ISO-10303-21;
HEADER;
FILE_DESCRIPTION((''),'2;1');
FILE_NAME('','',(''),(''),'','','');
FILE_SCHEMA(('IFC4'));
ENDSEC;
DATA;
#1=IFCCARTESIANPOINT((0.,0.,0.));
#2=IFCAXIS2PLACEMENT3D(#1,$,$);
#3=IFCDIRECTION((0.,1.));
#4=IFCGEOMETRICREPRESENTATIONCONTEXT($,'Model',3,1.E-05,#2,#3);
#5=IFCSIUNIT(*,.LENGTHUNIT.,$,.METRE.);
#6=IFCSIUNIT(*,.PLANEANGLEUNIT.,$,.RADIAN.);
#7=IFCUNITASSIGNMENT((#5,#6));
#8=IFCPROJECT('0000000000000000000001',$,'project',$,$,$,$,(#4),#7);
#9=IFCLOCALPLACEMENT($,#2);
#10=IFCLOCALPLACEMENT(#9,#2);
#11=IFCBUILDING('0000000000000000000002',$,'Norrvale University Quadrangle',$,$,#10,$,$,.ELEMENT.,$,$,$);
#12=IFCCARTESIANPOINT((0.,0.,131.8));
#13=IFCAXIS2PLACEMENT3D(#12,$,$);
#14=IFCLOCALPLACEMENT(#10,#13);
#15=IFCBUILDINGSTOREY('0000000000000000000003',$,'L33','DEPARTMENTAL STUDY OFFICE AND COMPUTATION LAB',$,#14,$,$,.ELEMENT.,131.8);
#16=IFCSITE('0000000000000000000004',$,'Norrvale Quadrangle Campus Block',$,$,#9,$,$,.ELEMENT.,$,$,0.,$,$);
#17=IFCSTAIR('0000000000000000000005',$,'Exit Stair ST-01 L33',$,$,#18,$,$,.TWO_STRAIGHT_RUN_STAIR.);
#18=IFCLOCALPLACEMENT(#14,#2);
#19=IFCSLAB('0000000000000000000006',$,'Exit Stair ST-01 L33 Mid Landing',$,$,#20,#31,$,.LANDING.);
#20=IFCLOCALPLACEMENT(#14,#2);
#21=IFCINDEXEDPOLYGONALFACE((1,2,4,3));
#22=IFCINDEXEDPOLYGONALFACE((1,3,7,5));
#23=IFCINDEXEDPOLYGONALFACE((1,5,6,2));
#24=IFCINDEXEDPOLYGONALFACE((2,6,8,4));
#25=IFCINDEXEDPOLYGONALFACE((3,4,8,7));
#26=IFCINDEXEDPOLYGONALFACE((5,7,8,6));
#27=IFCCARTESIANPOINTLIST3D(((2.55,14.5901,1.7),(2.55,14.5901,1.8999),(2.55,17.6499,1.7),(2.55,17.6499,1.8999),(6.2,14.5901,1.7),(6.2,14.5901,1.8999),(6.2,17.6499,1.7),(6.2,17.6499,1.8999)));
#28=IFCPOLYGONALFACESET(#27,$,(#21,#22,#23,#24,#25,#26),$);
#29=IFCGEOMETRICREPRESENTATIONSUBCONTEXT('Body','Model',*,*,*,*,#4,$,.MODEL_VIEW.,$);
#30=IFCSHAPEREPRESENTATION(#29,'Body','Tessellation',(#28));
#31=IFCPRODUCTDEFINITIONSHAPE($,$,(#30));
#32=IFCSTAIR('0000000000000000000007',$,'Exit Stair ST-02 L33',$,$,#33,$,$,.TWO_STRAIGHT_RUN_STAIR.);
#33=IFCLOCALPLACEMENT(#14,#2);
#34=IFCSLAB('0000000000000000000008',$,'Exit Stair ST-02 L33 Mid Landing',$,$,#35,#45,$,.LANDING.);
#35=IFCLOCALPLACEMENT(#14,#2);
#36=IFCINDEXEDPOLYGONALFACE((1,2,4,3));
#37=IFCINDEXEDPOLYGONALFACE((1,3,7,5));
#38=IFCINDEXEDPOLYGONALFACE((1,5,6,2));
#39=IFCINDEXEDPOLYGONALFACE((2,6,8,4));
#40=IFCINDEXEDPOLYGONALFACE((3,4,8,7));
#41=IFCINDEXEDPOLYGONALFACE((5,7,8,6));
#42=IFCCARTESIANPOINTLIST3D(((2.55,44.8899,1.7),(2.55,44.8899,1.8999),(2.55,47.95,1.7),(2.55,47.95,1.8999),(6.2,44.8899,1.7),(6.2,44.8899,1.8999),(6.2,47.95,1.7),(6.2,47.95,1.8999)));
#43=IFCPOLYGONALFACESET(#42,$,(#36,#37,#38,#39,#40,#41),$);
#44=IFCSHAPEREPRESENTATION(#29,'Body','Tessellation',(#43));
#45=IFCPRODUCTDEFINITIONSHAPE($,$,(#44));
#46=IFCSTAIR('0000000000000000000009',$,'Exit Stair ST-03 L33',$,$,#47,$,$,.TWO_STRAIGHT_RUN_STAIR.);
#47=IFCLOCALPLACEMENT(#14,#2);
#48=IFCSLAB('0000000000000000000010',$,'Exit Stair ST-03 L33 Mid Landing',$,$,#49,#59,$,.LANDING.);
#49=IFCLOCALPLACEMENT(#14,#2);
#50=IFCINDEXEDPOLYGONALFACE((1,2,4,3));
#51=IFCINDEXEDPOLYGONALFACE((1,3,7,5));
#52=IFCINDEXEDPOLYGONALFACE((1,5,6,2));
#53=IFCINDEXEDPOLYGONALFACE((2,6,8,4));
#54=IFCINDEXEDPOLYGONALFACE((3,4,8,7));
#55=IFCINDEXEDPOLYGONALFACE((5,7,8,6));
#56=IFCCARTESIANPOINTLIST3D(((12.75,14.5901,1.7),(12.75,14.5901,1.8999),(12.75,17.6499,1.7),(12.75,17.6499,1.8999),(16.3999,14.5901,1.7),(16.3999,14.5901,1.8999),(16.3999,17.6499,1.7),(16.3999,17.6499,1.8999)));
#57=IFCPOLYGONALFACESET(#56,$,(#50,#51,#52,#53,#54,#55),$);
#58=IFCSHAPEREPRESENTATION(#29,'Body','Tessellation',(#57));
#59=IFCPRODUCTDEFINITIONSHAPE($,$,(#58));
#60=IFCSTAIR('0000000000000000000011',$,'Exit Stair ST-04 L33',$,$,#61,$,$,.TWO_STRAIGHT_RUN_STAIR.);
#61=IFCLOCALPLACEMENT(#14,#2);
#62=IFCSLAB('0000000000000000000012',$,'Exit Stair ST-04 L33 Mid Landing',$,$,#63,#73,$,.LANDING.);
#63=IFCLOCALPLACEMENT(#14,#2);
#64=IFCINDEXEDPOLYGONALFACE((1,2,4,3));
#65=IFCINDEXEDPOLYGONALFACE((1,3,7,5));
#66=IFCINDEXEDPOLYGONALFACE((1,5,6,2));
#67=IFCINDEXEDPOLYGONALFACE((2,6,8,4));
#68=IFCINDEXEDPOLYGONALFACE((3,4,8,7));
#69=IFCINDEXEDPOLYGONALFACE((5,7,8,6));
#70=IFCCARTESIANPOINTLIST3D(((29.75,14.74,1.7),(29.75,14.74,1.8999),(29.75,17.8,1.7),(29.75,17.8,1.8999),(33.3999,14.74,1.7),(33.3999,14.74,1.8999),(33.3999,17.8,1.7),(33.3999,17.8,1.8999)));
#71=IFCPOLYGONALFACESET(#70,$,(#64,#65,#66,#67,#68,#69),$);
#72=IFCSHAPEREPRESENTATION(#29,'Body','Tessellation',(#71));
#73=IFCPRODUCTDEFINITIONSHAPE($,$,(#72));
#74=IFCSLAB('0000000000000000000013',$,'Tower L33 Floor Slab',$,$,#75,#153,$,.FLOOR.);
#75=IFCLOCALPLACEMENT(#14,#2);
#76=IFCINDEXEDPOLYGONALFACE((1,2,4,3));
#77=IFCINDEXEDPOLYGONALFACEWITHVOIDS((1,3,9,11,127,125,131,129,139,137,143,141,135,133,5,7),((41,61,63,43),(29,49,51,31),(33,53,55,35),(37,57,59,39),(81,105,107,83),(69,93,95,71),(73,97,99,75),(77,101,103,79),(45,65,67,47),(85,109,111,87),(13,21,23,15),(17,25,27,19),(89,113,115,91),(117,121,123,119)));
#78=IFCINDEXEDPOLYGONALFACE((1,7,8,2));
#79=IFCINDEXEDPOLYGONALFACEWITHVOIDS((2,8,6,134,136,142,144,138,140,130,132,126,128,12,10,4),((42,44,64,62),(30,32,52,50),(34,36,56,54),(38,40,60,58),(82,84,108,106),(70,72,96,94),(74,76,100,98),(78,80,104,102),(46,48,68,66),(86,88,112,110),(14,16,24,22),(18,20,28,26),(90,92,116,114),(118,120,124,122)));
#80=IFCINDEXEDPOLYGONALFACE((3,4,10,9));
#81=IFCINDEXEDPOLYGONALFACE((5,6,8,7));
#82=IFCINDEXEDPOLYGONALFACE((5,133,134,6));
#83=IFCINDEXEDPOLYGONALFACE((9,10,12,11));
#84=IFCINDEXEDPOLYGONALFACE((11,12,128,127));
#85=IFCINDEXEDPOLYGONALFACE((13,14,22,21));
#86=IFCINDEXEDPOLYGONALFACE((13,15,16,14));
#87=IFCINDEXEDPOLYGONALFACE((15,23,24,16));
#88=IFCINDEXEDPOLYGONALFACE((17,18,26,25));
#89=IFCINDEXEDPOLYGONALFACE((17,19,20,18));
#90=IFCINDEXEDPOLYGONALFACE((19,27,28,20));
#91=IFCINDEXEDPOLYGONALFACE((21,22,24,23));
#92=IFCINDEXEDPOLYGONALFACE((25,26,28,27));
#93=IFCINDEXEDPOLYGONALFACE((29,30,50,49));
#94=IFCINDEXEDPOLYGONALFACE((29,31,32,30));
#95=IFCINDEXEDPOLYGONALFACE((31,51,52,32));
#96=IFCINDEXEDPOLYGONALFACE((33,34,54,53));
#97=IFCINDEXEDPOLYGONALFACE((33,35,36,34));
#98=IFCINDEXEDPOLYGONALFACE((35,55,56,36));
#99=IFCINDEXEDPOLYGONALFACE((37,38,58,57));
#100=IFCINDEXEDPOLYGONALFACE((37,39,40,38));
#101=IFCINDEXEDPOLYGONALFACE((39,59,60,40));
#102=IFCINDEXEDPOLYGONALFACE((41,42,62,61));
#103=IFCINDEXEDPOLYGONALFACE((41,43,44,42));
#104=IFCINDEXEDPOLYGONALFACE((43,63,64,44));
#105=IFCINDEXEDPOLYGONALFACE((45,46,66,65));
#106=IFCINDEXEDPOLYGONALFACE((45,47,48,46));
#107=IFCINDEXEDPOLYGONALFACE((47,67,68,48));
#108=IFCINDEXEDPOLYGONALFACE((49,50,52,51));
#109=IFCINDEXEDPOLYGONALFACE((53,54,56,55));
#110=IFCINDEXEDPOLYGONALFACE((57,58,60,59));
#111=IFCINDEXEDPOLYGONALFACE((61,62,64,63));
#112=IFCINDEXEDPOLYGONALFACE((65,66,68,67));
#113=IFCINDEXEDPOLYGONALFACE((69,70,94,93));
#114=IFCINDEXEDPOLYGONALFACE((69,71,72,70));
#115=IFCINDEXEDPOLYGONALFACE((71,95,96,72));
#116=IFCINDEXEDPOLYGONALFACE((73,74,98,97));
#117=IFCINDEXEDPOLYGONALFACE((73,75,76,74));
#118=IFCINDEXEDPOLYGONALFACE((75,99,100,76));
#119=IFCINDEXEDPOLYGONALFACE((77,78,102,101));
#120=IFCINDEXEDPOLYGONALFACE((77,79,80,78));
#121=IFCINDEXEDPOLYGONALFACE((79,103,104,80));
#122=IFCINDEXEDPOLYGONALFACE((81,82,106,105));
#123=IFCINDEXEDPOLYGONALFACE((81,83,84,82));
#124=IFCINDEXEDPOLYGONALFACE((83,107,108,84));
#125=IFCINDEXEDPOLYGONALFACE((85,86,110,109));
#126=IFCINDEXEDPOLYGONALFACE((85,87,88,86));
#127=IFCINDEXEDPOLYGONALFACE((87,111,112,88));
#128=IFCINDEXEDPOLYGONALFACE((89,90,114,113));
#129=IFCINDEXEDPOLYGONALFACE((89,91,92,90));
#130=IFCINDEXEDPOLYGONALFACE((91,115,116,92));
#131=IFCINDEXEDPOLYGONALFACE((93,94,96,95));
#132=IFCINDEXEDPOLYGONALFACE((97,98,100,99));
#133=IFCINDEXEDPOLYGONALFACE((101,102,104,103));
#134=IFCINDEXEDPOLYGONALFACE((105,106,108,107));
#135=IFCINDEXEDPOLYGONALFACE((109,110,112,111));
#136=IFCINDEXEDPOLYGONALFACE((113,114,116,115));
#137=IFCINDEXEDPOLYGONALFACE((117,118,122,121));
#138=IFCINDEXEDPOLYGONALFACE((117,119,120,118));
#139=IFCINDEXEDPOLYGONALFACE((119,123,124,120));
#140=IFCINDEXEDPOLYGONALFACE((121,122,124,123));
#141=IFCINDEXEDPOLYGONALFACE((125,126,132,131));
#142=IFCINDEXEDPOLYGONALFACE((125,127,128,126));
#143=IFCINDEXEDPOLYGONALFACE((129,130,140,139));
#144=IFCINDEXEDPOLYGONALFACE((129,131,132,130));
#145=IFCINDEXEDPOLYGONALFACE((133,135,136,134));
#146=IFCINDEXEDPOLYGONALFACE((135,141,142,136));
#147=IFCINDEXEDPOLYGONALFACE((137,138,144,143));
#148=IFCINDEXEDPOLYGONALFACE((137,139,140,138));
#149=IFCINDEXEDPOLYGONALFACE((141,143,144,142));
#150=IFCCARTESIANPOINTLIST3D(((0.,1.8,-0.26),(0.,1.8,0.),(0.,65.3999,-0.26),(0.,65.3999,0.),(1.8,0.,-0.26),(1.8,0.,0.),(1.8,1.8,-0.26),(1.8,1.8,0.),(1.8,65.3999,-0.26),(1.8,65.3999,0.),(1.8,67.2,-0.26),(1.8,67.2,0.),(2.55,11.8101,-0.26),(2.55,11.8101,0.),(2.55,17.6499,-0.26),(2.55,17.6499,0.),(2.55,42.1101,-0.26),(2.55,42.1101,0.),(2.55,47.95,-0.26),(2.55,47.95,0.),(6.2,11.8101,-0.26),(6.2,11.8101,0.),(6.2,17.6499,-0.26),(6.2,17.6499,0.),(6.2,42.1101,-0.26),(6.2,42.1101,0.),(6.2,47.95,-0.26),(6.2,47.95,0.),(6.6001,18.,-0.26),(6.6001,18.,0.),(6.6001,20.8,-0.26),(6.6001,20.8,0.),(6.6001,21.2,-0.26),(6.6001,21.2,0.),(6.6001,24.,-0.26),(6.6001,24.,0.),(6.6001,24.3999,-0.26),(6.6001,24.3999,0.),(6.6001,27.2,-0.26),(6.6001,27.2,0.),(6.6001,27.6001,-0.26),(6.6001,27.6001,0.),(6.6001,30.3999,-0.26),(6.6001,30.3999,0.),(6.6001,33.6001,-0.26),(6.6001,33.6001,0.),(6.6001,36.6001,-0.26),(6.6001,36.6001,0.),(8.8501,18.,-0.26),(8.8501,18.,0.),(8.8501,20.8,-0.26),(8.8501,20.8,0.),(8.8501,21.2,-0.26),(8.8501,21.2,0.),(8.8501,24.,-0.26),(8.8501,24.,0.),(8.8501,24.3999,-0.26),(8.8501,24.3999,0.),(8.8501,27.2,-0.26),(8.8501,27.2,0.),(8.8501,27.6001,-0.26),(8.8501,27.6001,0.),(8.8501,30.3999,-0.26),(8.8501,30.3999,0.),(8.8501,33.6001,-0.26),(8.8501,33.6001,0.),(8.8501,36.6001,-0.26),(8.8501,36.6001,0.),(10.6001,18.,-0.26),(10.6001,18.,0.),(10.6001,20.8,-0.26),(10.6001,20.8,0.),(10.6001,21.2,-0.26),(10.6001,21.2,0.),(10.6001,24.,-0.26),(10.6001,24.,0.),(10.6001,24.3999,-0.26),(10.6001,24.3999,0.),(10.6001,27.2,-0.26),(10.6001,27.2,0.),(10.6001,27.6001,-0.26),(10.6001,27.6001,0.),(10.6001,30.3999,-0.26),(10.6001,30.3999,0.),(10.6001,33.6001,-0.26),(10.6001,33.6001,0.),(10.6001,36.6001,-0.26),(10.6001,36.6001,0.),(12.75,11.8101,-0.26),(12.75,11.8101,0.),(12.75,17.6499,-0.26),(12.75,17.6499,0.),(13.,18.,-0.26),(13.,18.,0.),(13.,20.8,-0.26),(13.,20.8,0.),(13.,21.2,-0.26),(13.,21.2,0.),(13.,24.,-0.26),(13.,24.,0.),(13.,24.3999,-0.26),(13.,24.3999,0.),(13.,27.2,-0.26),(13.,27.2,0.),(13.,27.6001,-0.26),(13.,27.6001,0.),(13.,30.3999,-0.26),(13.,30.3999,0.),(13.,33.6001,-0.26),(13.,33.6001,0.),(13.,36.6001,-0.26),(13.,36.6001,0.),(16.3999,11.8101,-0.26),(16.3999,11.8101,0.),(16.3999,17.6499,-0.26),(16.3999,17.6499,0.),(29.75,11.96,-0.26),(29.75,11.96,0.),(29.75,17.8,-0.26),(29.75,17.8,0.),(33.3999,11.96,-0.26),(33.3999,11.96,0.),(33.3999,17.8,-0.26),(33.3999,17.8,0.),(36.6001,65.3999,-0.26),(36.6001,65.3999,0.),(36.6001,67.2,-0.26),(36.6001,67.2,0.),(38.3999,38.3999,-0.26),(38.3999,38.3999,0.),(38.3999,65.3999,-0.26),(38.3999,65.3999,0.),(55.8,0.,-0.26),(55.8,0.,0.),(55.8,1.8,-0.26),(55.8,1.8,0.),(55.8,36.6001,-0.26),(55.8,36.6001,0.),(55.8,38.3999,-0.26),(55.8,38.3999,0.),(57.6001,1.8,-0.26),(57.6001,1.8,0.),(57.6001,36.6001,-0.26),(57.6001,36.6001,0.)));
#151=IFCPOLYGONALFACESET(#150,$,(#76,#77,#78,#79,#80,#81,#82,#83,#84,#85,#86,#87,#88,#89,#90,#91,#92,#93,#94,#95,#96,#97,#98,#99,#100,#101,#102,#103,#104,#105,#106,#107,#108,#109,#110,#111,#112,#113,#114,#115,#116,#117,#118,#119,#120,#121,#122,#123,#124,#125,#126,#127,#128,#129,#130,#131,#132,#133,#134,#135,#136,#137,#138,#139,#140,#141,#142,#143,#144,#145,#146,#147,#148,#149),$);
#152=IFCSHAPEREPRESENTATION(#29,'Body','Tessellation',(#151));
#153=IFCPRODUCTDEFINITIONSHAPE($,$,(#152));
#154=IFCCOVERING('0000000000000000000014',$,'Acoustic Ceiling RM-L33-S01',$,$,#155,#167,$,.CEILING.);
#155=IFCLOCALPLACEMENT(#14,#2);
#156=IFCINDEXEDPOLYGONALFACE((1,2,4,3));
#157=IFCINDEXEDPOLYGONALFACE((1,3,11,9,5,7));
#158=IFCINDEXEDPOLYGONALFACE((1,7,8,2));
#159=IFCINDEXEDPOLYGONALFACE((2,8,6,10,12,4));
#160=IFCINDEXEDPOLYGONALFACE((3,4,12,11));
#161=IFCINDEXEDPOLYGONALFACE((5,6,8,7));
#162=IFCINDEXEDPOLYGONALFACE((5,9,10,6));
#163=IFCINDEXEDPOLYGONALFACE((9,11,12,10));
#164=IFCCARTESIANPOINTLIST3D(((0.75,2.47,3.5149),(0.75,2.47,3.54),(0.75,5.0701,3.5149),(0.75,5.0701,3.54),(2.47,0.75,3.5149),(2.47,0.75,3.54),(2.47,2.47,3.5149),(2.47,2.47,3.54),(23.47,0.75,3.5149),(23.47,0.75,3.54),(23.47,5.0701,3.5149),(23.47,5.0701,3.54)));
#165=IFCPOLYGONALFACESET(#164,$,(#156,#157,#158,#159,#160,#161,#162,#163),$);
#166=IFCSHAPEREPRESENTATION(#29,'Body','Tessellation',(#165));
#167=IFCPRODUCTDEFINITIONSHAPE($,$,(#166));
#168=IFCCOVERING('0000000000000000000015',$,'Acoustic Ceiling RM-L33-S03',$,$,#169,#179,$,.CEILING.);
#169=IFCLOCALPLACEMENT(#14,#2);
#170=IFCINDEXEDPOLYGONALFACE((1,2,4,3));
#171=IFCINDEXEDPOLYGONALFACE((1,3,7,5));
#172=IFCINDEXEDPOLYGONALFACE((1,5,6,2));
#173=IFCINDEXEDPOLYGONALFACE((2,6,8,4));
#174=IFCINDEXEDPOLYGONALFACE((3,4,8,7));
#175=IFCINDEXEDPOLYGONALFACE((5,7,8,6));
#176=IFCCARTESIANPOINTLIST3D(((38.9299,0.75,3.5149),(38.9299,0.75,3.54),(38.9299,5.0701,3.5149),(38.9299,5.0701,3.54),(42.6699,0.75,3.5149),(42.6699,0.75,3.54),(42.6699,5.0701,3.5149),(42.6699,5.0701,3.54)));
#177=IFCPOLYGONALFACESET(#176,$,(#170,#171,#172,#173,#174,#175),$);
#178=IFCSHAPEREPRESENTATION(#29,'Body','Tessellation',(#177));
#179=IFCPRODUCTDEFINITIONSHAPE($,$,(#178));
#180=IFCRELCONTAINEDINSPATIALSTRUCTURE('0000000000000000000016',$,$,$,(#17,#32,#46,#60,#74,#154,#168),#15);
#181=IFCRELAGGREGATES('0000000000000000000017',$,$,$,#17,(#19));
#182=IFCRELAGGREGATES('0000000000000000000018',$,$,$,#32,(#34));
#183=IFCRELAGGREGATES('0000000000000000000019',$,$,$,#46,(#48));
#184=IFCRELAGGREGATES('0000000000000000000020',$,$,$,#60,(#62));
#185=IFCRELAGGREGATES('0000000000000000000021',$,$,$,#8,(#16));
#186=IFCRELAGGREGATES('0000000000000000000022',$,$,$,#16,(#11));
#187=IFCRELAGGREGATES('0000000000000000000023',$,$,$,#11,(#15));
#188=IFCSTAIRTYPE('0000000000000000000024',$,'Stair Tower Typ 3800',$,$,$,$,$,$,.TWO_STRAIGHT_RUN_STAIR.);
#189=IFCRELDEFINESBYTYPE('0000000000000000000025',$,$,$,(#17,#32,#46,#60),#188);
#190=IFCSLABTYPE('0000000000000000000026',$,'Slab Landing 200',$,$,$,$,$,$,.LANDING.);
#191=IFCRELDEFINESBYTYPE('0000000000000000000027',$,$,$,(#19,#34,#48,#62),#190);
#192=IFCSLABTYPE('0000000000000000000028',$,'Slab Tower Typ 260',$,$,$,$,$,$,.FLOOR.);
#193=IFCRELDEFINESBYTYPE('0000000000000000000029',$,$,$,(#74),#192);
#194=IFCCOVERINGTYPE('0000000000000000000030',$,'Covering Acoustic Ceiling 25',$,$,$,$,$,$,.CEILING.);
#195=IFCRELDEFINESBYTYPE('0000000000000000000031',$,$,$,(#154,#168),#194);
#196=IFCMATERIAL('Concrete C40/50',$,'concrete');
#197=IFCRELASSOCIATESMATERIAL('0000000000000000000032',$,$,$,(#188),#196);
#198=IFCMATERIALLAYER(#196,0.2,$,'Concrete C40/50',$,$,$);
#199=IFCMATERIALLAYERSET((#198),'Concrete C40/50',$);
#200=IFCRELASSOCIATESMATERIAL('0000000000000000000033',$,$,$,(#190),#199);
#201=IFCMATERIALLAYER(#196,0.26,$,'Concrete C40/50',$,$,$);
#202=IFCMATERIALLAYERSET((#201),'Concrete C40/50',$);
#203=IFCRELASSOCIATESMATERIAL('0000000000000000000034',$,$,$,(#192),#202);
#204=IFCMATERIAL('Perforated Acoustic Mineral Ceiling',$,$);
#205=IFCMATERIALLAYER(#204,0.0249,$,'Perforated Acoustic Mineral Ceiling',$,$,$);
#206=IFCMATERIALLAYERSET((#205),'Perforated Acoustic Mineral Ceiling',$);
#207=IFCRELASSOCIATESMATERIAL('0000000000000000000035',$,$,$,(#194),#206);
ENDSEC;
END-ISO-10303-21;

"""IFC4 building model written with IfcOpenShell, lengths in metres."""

from ifc_helpers import new_model, si_unit, direction, frame, origin, place, context, subcontext, project, spatial, polyline, outline, extrude, material, layer, layer_set, type_object, element, aggregate, save


model = new_model("IFC4")

# Units and contexts
model_context = context("Model", 3, precision=1e-05, world=origin(), true_north=direction((0.0, 1.0)))
body_context = subcontext(model_context, "Body", "Model", "MODEL_VIEW")
ifc_project = project(units=[si_unit("LENGTHUNIT", "METRE"), si_unit("PLANEANGLEUNIT", "RADIAN")], contexts=[model_context])

# Site, building, storey
site_placement = place(None, origin())
site = spatial("IfcSite", under=ifc_project, at=site_placement, Name="Norrvale Quadrangle Campus Block", CompositionType="ELEMENT", RefElevation=0.0)
building_placement = place(site_placement, origin())
building = spatial("IfcBuilding", under=site, at=building_placement, Name="Norrvale University Quadrangle", CompositionType="ELEMENT")
storey_placement = place(building_placement, frame((0.0, 0.0, 131.8)))
storey = spatial("IfcBuildingStorey", under=building, at=storey_placement, Name="L33", Description="DEPARTMENTAL STUDY OFFICE AND COMPUTATION LAB", CompositionType="ELEMENT", Elevation=131.8)

# Stairs, slabs
ifc_material_1 = material(Name="Concrete C40/50", Category="concrete")
stair_type = type_object("IfcStairType", Name="Stair Tower Typ 3800", PredefinedType="TWO_STRAIGHT_RUN_STAIR", material=ifc_material_1)
stair_1_placement = place(storey_placement, origin())
stair_1 = element("IfcStair", 1, at=stair_1_placement, inside=storey, type_object=stair_type, Name="Exit Stair ST-01 L33", PredefinedType="TWO_STRAIGHT_RUN_STAIR")
ifc_layer_1 = layer(ifc_material_1, 0.2, Name="Concrete C40/50")
ifc_layer_set_1 = layer_set([ifc_layer_1], Name="Concrete C40/50")
slab_type_1 = type_object("IfcSlabType", Name="Slab Landing 200", PredefinedType="LANDING", material=ifc_layer_set_1)
slab_1_placement = place(storey_placement, frame((0.0, 0.0, 1.7)))
slab_1 = element("IfcSlab", 2, at=slab_1_placement, type_object=slab_type_1, Name="Exit Stair ST-01 L33 Mid Landing", PredefinedType="LANDING", context=body_context, shape_type="SweptSolid", body=[
    extrude(outline(polyline([(2.55, 14.5901), (6.2, 14.5901), (6.2, 17.6499), (2.55, 17.6499), (2.55, 14.5901)])), origin(), (0.0, 0.0, 1.0), 0.2),
])
aggregate(stair_1, [slab_1])
stair_2_placement = place(storey_placement, origin())
stair_2 = element("IfcStair", 3, at=stair_2_placement, inside=storey, type_object=stair_type, Name="Exit Stair ST-02 L33", PredefinedType="TWO_STRAIGHT_RUN_STAIR")
slab_2_placement = place(storey_placement, frame((0.0, 0.0, 1.7)))
slab_2 = element("IfcSlab", 4, at=slab_2_placement, type_object=slab_type_1, Name="Exit Stair ST-02 L33 Mid Landing", PredefinedType="LANDING", context=body_context, shape_type="SweptSolid", body=[
    extrude(outline(polyline([(2.55, 44.8899), (6.2, 44.8899), (6.2, 47.95), (2.55, 47.95), (2.55, 44.8899)])), origin(), (0.0, 0.0, 1.0), 0.2),
])
aggregate(stair_2, [slab_2])
stair_3_placement = place(storey_placement, origin())
stair_3 = element("IfcStair", 5, at=stair_3_placement, inside=storey, type_object=stair_type, Name="Exit Stair ST-03 L33", PredefinedType="TWO_STRAIGHT_RUN_STAIR")
slab_3_placement = place(storey_placement, frame((0.0, 0.0, 1.7)))
slab_3 = element("IfcSlab", 6, at=slab_3_placement, type_object=slab_type_1, Name="Exit Stair ST-03 L33 Mid Landing", PredefinedType="LANDING", context=body_context, shape_type="SweptSolid", body=[
    extrude(outline(polyline([(12.75, 14.5901), (16.3999, 14.5901), (16.3999, 17.6499), (12.75, 17.6499), (12.75, 14.5901)])), origin(), (0.0, 0.0, 1.0), 0.2),
])
aggregate(stair_3, [slab_3])
stair_4_placement = place(storey_placement, origin())
stair_4 = element("IfcStair", 7, at=stair_4_placement, inside=storey, type_object=stair_type, Name="Exit Stair ST-04 L33", PredefinedType="TWO_STRAIGHT_RUN_STAIR")
slab_4_placement = place(storey_placement, frame((0.0, 0.0, 1.7)))
slab_4 = element("IfcSlab", 8, at=slab_4_placement, type_object=slab_type_1, Name="Exit Stair ST-04 L33 Mid Landing", PredefinedType="LANDING", context=body_context, shape_type="SweptSolid", body=[
    extrude(outline(polyline([(29.75, 14.74), (33.3999, 14.74), (33.3999, 17.8), (29.75, 17.8), (29.75, 14.74)])), origin(), (0.0, 0.0, 1.0), 0.2),
])
aggregate(stair_4, [slab_4])

# Slab
ifc_layer_2 = layer(ifc_material_1, 0.26, Name="Concrete C40/50")
ifc_layer_set_2 = layer_set([ifc_layer_2], Name="Concrete C40/50")
slab_type_2 = type_object("IfcSlabType", Name="Slab Tower Typ 260", PredefinedType="FLOOR", material=ifc_layer_set_2)
slab_5_placement = place(storey_placement, frame((0.0, 0.0, -0.26)))
element("IfcSlab", 9, at=slab_5_placement, inside=storey, type_object=slab_type_2, Name="Tower L33 Floor Slab", PredefinedType="FLOOR", context=body_context, shape_type="SweptSolid", body=[
    extrude(outline(polyline([(1.8, 0.0), (55.8, 0.0), (55.8, 1.8), (57.6001, 1.8), (57.6001, 36.6001), (55.8, 36.6001), (55.8, 38.3999), (38.3999, 38.3999), (38.3999, 65.3999), (36.6001, 65.3999), (36.6001, 67.2), (1.8, 67.2), (1.8, 65.3999), (0.0, 65.3999), (0.0, 1.8), (1.8, 1.8), (1.8, 0.0)]), holes=[polyline([(2.55, 11.8101), (6.2, 11.8101), (6.2, 17.6499), (2.55, 17.6499), (2.55, 11.8101)]), polyline([(2.55, 42.1101), (6.2, 42.1101), (6.2, 47.95), (2.55, 47.95), (2.55, 42.1101)]), polyline([(12.75, 11.8101), (16.3999, 11.8101), (16.3999, 17.6499), (12.75, 17.6499), (12.75, 11.8101)]), polyline([(29.75, 11.96), (33.3999, 11.96), (33.3999, 17.8), (29.75, 17.8), (29.75, 11.96)]), polyline([(6.6001, 18.0), (8.8501, 18.0), (8.8501, 20.8), (6.6001, 20.8), (6.6001, 18.0)]), polyline([(6.6001, 21.2), (8.8501, 21.2), (8.8501, 24.0), (6.6001, 24.0), (6.6001, 21.2)]), polyline([(6.6001, 24.3999), (8.8501, 24.3999), (8.8501, 27.2), (6.6001, 27.2), (6.6001, 24.3999)]), polyline([(6.6001, 27.6001), (8.8501, 27.6001), (8.8501, 30.3999), (6.6001, 30.3999), (6.6001, 27.6001)]), polyline([(10.6001, 18.0), (13.0, 18.0), (13.0, 20.8), (10.6001, 20.8), (10.6001, 18.0)]), polyline([(10.6001, 21.2), (13.0, 21.2), (13.0, 24.0), (10.6001, 24.0), (10.6001, 21.2)]), polyline([(10.6001, 24.3999), (13.0, 24.3999), (13.0, 27.2), (10.6001, 27.2), (10.6001, 24.3999)]), polyline([(10.6001, 27.6001), (13.0, 27.6001), (13.0, 30.3999), (10.6001, 30.3999), (10.6001, 27.6001)]), polyline([(6.6001, 33.6001), (8.8501, 33.6001), (8.8501, 36.6001), (6.6001, 36.6001), (6.6001, 33.6001)]), polyline([(10.6001, 33.6001), (13.0, 33.6001), (13.0, 36.6001), (10.6001, 36.6001), (10.6001, 33.6001)])]), origin(), (0.0, 0.0, 1.0), 0.26),
])

# Coverings
ifc_material_2 = material(Name="Perforated Acoustic Mineral Ceiling")
ifc_layer_3 = layer(ifc_material_2, 0.0249, Name="Perforated Acoustic Mineral Ceiling")
ifc_layer_set_3 = layer_set([ifc_layer_3], Name="Perforated Acoustic Mineral Ceiling")
covering_type_1 = type_object("IfcCoveringType", Name="Covering Acoustic Ceiling 25", PredefinedType="CEILING", material=ifc_layer_set_3)
covering_1_placement = place(storey_placement, frame((0.0, 0.0, 3.5149)))
element("IfcCovering", 10, at=covering_1_placement, inside=storey, type_object=covering_type_1, Name="Acoustic Ceiling RM-L33-S01", PredefinedType="CEILING", context=body_context, shape_type="SweptSolid", body=[
    extrude(outline(polyline([(0.75, 5.0701), (23.47, 5.0701), (23.47, 0.75), (2.47, 0.75), (2.47, 2.47), (0.75, 2.47), (0.75, 5.0701)])), origin(), (0.0, 0.0, 1.0), 0.0251),
])
covering_2_placement = place(storey_placement, frame((0.0, 0.0, 3.5149)))
element("IfcCovering", 11, at=covering_2_placement, inside=storey, type_object=covering_type_1, Name="Acoustic Ceiling RM-L33-S03", PredefinedType="CEILING", context=body_context, shape_type="SweptSolid", body=[
    extrude(outline(polyline([(38.9299, 5.0701), (42.6699, 5.0701), (42.6699, 0.75), (38.9299, 0.75), (38.9299, 5.0701)])), origin(), (0.0, 0.0, 1.0), 0.0251),
])

save(model, "model.ifc")
